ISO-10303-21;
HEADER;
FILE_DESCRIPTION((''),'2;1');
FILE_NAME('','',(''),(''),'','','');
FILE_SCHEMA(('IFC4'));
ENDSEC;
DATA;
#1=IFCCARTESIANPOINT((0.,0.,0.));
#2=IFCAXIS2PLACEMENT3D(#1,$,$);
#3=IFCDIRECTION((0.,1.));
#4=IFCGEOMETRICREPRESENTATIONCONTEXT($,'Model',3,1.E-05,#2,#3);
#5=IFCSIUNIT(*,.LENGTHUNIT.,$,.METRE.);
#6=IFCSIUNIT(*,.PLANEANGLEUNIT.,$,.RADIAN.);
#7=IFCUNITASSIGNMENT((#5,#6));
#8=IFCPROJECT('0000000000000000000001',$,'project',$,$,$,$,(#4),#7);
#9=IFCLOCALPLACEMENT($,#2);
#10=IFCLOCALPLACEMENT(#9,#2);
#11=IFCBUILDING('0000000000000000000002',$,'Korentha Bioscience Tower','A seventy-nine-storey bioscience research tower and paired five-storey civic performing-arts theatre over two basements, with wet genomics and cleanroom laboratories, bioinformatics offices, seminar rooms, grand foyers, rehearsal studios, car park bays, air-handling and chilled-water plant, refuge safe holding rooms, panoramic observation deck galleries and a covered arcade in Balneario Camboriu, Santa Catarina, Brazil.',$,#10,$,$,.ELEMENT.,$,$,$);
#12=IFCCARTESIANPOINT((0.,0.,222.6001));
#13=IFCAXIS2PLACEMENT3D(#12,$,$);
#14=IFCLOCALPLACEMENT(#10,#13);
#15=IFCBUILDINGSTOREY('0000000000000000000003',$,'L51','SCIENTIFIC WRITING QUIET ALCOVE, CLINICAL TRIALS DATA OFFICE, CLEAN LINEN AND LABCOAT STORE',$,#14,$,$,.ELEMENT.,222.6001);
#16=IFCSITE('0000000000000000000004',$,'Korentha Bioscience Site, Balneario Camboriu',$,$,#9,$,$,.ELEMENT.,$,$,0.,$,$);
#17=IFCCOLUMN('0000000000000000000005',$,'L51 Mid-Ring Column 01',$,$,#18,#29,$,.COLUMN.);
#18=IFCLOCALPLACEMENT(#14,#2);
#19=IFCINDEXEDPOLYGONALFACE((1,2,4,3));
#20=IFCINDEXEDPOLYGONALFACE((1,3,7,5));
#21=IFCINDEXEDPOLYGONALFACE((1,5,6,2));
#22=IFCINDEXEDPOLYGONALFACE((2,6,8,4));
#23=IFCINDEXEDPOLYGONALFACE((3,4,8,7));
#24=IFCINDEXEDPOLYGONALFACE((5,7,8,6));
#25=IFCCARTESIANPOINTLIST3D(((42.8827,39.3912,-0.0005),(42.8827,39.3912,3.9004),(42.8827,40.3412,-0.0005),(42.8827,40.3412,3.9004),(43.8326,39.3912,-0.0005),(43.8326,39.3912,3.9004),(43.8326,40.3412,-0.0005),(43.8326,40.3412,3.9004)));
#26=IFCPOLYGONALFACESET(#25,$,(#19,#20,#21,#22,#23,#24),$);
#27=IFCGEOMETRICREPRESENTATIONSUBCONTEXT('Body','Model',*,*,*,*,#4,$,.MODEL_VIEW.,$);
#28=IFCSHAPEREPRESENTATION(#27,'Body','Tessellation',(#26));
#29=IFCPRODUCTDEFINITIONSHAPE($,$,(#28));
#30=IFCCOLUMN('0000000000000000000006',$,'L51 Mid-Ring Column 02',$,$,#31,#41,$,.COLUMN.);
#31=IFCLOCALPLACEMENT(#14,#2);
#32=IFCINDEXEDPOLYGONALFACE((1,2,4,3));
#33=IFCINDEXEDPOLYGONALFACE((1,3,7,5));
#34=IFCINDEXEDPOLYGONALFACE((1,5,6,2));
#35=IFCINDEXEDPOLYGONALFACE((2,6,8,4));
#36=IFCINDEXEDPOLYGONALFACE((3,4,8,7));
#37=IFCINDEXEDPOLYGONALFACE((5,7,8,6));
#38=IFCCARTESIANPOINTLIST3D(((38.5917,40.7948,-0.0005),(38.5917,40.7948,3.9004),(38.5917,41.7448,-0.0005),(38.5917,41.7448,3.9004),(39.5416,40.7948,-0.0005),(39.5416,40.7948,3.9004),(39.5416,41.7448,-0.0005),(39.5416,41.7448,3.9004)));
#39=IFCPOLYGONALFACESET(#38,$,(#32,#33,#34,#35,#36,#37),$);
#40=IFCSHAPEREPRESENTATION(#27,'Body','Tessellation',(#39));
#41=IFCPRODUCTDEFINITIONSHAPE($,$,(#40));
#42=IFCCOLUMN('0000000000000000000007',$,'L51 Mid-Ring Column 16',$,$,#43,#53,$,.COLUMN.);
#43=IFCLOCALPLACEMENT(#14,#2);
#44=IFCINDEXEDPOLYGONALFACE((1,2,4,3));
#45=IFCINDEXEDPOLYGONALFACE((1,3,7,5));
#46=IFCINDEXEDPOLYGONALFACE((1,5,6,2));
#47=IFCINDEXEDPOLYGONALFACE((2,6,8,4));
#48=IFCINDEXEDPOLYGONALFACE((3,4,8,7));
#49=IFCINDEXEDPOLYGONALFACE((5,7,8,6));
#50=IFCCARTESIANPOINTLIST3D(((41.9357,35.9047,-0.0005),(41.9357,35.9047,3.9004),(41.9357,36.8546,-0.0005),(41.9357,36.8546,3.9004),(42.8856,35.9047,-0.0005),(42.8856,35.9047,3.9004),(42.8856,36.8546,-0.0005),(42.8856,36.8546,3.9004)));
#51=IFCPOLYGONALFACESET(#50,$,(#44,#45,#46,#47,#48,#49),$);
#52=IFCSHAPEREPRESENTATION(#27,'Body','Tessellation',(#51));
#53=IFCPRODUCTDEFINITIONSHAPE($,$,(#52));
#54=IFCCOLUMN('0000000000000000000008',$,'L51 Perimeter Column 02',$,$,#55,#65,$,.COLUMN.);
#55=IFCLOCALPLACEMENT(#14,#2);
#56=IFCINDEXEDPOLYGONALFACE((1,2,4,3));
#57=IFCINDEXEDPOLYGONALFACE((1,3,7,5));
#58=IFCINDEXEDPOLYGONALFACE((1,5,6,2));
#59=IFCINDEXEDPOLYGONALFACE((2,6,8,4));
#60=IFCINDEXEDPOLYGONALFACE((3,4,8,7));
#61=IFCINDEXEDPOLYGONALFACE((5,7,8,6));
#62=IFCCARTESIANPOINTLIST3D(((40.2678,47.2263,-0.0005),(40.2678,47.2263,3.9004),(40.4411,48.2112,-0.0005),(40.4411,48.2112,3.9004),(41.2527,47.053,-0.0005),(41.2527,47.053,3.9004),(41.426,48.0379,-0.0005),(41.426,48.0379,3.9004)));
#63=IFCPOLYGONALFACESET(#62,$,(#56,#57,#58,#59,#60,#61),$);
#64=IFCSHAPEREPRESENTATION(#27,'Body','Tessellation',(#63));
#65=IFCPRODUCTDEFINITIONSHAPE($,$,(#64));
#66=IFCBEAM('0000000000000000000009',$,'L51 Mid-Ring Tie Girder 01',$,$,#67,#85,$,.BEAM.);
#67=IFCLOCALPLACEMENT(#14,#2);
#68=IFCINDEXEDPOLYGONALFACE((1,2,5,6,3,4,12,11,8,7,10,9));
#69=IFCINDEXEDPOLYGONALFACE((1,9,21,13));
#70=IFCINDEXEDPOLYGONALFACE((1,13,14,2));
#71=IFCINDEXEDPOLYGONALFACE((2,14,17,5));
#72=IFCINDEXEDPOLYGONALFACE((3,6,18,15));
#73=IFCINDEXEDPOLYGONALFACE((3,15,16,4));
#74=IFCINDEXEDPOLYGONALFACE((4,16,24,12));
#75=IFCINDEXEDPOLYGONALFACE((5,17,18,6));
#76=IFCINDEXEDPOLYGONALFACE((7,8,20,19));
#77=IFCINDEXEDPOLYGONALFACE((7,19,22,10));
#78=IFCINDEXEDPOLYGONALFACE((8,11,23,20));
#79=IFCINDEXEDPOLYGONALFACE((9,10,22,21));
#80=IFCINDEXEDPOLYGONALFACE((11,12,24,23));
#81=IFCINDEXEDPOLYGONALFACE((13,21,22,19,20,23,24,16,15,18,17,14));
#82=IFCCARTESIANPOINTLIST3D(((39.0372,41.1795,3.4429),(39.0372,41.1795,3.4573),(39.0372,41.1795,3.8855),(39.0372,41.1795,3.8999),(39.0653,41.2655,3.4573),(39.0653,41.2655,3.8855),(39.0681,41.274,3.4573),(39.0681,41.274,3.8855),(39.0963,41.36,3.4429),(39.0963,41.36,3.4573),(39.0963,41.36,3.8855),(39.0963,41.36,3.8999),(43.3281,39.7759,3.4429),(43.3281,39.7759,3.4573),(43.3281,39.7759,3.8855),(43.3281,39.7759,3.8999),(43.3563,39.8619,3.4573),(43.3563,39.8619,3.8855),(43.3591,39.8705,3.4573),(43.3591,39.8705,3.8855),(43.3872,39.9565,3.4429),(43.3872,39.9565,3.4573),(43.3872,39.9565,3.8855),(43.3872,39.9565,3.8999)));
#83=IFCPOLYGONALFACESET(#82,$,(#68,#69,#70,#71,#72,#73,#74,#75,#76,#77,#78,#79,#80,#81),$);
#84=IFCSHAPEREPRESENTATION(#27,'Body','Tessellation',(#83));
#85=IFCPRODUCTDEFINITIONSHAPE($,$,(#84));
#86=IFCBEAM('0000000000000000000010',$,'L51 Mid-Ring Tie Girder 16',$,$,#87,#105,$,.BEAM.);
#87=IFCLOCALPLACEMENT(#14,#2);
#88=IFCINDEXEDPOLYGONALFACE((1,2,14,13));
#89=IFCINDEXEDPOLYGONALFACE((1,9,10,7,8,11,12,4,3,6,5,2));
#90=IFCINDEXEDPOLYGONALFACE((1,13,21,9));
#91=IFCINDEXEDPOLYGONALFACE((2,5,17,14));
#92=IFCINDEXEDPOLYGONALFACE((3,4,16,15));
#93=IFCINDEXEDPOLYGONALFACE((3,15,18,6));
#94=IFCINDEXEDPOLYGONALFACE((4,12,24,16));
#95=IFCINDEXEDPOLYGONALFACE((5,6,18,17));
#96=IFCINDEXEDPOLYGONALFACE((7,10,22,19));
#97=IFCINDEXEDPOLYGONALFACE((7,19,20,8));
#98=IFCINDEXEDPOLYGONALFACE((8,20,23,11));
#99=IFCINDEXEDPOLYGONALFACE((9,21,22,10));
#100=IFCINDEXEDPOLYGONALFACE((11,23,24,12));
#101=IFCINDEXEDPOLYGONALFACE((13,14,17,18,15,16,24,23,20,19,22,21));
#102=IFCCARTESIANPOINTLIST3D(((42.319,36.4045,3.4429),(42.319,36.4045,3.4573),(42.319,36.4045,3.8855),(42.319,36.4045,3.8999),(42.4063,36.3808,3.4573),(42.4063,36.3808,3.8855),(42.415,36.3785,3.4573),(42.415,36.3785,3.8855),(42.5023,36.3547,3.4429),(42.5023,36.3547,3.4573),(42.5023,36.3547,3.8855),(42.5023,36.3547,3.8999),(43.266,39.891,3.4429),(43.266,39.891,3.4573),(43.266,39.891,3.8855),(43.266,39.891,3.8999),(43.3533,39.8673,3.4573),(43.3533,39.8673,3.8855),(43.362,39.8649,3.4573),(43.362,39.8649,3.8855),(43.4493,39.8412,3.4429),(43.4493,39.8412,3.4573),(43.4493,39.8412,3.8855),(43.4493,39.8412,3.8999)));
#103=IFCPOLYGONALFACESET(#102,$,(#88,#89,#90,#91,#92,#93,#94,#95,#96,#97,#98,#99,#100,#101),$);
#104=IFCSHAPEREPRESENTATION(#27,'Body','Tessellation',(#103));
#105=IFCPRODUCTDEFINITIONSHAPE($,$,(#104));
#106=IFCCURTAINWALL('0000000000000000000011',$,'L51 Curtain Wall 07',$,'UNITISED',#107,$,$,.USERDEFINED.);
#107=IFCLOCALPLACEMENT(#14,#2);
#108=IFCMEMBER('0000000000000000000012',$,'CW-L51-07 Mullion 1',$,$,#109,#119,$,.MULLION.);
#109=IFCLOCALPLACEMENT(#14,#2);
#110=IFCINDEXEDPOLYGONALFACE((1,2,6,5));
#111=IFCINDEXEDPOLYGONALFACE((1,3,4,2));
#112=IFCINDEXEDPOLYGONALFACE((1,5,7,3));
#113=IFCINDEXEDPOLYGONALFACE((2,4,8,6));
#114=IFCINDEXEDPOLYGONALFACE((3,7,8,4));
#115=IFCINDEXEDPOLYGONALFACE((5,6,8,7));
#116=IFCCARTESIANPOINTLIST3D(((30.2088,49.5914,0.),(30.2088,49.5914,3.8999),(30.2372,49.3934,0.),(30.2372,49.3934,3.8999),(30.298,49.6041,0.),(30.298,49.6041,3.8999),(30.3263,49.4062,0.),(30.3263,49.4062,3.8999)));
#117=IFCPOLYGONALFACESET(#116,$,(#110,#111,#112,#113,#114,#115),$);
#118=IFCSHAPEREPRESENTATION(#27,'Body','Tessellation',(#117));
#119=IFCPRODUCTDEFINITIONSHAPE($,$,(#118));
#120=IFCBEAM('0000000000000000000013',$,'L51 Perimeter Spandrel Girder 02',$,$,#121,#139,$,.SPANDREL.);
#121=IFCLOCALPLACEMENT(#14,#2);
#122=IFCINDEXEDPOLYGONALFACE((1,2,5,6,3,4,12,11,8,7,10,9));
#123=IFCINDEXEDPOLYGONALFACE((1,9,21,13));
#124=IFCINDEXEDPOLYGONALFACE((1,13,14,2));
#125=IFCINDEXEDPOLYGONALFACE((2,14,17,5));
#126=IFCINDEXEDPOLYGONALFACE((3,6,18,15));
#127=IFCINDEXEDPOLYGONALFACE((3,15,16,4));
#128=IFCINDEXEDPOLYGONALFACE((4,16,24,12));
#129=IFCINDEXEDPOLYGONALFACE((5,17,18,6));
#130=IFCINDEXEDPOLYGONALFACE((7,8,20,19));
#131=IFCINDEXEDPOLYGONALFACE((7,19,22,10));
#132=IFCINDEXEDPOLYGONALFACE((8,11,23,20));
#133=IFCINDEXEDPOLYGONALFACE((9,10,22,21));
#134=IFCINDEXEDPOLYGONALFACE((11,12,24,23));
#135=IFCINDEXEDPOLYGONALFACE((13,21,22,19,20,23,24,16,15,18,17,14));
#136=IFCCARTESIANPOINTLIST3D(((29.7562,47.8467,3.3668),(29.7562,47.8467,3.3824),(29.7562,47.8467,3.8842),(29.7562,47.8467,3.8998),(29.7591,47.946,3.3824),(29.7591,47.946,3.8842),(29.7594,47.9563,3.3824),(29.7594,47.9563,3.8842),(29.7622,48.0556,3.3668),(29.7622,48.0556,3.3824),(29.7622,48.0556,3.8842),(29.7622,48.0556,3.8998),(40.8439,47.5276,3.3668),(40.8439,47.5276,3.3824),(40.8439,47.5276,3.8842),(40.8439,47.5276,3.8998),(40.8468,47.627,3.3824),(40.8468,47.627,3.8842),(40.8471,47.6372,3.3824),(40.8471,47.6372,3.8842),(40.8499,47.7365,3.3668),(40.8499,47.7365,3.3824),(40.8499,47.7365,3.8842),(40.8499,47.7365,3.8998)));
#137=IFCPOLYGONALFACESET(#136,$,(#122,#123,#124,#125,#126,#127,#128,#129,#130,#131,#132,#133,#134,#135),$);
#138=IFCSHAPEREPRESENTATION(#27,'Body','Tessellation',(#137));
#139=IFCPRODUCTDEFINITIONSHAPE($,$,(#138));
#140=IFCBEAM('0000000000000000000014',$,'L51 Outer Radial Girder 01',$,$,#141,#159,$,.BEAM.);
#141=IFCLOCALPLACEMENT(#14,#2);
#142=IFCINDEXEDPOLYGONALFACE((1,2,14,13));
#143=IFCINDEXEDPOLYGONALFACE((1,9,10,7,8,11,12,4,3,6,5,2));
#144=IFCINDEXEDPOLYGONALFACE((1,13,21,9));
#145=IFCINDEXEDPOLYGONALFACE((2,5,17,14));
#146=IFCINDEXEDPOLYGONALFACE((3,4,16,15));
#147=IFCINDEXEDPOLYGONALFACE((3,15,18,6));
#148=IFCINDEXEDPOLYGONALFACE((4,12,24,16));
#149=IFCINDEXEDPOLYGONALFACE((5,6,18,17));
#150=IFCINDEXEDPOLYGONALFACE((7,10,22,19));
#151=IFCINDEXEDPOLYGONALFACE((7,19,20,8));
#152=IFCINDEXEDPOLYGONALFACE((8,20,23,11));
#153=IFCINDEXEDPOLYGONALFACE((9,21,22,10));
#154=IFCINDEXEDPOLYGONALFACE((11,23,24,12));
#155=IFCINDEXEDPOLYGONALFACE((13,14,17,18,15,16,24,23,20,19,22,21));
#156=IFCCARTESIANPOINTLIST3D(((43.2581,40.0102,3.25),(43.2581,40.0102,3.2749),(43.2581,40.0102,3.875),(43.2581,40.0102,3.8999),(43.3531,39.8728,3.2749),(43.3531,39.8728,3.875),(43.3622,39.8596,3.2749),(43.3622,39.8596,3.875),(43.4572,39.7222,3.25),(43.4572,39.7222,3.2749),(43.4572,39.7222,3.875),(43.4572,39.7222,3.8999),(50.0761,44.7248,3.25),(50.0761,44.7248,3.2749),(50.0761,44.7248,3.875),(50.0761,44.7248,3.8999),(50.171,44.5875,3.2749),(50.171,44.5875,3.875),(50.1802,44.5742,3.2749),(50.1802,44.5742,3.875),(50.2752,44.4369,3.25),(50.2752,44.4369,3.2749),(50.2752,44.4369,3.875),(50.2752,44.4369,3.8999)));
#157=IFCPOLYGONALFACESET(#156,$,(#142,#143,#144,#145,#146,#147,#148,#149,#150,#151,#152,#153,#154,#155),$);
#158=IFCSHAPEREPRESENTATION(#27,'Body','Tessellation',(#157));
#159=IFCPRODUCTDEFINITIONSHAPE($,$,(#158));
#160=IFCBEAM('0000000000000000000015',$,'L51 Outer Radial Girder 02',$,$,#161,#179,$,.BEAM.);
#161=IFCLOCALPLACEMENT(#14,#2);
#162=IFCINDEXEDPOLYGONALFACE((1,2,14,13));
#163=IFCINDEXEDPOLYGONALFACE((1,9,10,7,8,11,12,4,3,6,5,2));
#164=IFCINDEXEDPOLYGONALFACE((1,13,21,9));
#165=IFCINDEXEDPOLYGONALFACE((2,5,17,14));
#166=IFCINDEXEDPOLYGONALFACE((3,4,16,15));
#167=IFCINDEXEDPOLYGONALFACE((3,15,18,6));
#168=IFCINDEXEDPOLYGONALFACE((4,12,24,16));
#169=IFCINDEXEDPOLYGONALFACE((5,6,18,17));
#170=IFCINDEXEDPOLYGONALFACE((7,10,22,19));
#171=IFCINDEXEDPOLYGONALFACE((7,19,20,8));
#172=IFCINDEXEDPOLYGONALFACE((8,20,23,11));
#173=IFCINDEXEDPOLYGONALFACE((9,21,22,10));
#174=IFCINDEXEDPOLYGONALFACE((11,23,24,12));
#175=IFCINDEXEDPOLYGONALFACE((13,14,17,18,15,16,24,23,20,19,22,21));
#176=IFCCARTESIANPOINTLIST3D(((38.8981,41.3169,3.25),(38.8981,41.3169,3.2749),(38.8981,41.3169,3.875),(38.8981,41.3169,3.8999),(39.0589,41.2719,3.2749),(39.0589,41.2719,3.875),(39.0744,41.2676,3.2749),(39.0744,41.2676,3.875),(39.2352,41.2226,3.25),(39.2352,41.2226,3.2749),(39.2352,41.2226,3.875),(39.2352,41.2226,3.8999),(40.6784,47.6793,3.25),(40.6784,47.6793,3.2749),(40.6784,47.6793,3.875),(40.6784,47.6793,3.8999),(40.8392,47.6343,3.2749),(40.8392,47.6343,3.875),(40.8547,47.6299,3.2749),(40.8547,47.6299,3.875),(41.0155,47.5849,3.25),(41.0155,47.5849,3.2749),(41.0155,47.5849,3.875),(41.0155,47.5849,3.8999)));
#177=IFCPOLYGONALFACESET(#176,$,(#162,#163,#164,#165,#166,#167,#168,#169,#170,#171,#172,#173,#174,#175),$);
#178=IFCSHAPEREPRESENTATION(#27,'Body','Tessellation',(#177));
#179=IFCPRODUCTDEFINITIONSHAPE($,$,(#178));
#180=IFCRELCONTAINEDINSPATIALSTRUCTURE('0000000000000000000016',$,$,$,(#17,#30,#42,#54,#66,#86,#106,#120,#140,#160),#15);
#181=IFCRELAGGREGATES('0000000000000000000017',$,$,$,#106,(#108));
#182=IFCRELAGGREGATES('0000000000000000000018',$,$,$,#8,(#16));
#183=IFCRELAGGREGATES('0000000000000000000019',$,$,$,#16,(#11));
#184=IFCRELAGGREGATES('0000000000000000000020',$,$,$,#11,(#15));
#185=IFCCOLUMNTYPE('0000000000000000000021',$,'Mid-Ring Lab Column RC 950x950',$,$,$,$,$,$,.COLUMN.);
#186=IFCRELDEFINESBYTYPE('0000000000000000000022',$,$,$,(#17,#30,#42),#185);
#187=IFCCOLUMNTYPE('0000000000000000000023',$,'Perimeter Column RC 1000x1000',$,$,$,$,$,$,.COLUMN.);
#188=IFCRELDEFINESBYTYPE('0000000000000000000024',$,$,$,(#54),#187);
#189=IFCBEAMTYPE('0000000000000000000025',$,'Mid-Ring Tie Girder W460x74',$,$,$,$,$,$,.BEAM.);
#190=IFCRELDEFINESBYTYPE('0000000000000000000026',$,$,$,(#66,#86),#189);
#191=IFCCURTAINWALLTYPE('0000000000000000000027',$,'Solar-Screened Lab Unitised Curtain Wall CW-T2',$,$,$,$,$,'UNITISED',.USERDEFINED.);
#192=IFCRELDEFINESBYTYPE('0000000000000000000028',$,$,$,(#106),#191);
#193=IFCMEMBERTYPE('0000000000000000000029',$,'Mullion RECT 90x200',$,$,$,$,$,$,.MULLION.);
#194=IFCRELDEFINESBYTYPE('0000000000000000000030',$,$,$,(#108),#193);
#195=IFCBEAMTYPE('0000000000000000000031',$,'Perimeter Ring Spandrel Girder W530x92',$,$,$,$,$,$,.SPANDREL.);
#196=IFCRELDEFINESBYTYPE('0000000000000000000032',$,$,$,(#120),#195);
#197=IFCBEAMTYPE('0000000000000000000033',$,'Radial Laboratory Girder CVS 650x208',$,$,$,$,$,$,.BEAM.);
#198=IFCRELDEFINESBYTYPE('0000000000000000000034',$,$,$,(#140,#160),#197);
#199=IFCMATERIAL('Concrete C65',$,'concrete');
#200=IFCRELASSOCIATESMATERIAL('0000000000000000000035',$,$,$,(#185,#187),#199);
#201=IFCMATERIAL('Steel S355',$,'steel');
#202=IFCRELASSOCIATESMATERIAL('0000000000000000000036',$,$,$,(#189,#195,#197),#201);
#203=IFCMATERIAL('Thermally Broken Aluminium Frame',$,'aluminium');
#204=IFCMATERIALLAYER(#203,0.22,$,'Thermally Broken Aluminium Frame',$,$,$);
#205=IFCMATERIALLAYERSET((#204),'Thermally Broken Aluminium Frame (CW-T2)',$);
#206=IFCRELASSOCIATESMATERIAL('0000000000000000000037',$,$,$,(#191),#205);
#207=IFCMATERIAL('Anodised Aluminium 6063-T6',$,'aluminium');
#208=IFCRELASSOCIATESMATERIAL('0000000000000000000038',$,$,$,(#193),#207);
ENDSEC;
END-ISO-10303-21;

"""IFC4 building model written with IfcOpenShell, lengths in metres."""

from ifc_helpers import new_model, si_unit, direction, frame, origin, origin_2d, place, context, subcontext, project, spatial, rectangle, i_section, extrude, material, layer, layer_set, material_profile, profile_set, type_object, element, aggregate, save


model = new_model("IFC4")

# Units and contexts
model_context = context("Model", 3, precision=1e-05, world=origin(), true_north=direction((0.0, 1.0)))
body_context = subcontext(model_context, "Body", "Model", "MODEL_VIEW")
ifc_project = project(units=[si_unit("LENGTHUNIT", "METRE"), si_unit("PLANEANGLEUNIT", "RADIAN")], contexts=[model_context])

# Site, building, storey
site_placement = place(None, origin())
site = spatial("IfcSite", under=ifc_project, at=site_placement, Name="Korentha Bioscience Site, Balneario Camboriu", CompositionType="ELEMENT", RefElevation=0.0)
building_placement = place(site_placement, origin())
building = spatial("IfcBuilding", under=site, at=building_placement, Name="Korentha Bioscience Tower", Description="A seventy-nine-storey bioscience research tower and paired five-storey civic performing-arts theatre over two basements, with wet genomics and cleanroom laboratories, bioinformatics offices, seminar rooms, grand foyers, rehearsal studios, car park bays, air-handling and chilled-water plant, refuge safe holding rooms, panoramic observation deck galleries and a covered arcade in Balneario Camboriu, Santa Catarina, Brazil.", CompositionType="ELEMENT")
storey_placement = place(building_placement, frame((0.0, 0.0, 222.6001)))
storey = spatial("IfcBuildingStorey", under=building, at=storey_placement, Name="L51", Description="SCIENTIFIC WRITING QUIET ALCOVE, CLINICAL TRIALS DATA OFFICE, CLEAN LINEN AND LABCOAT STORE", CompositionType="ELEMENT", Elevation=222.6001)

# Columns
ifc_material_1 = material(Name="Concrete C65", Category="concrete")
ifc_material_profile_1 = material_profile(ifc_material_1, rectangle(XDim=0.95, YDim=0.95, at=origin_2d()), Name="Concrete C65")
ifc_profile_set_1 = profile_set([ifc_material_profile_1], Name="Concrete C65 (COL-MR09)")
column_type_1 = type_object("IfcColumnType", Name="Mid-Ring Lab Column RC 950x950", PredefinedType="COLUMN", material=ifc_profile_set_1)
for number, where, z_axis, x_axis, name in (
    (1, (43.3577, 39.8662, -0.0005), (0.0, 0.0, 1.0), (1.0, 0.0, 0.0), "L51 Mid-Ring Column 01"),
    (2, (39.0667, 41.2698, -0.0005), (0.0, 0.0, 1.0), (1.0, 0.0, 0.0), "L51 Mid-Ring Column 02"),
    (3, (42.4106, 36.3796, -0.0005), (0.0, 0.0, 1.0), (1.0, 0.0, 0.0), "L51 Mid-Ring Column 16"),
):
    element("IfcColumn", number, at=place(storey_placement, frame(where, z_axis=z_axis, x_axis=x_axis)), inside=storey, type_object=column_type_1, Name=name, PredefinedType="COLUMN", context=body_context, shape_type="SweptSolid", body=[
        extrude(rectangle(XDim=0.95, YDim=0.95, at=origin_2d()), origin(), (0.0, 0.0, 1.0), 3.9009),
    ])
ifc_material_profile_2 = material_profile(ifc_material_1, rectangle(XDim=1.0, YDim=1.0, at=origin_2d()), Name="Concrete C65")
ifc_profile_set_2 = profile_set([ifc_material_profile_2], Name="Concrete C65 (COL-P10)")
column_type_2 = type_object("IfcColumnType", Name="Perimeter Column RC 1000x1000", PredefinedType="COLUMN", material=ifc_profile_set_2)
column_placement = place(storey_placement, frame((40.8469, 47.6321, -0.0005), z_axis=(0.0, 0.0, 1.0), x_axis=(-0.984868, 0.173304, 0.0)))
element("IfcColumn", 4, at=column_placement, inside=storey, type_object=column_type_2, Name="L51 Perimeter Column 02", PredefinedType="COLUMN", context=body_context, shape_type="SweptSolid", body=[
    extrude(rectangle(XDim=1.0, YDim=1.0, at=origin_2d()), origin(), (0.0, 0.0, 1.0), 3.9009),
])

# Beams
ifc_material_2 = material(Name="Steel S355", Category="steel")
ifc_material_profile_3 = material_profile(ifc_material_2, i_section(OverallWidth=0.1899, OverallDepth=0.457, WebThickness=0.009, FlangeThickness=0.0144, at=origin_2d()), Name="Steel S355")
ifc_profile_set_3 = profile_set([ifc_material_profile_3], Name="Steel S355 (MB-460)")
beam_type_1 = type_object("IfcBeamType", Name="Mid-Ring Tie Girder W460x74", PredefinedType="BEAM", material=ifc_profile_set_3)
beam_1_placement = place(storey_placement, frame((43.3577, 39.8662, 3.6714), z_axis=(-0.950447, 0.310885, 0.0), x_axis=(-0.310885, -0.950447, 0.0)))
element("IfcBeam", 5, at=beam_1_placement, inside=storey, type_object=beam_type_1, Name="L51 Mid-Ring Tie Girder 01", PredefinedType="BEAM", context=body_context, shape_type="SweptSolid", body=[
    extrude(i_section(OverallWidth=0.1899, OverallDepth=0.457, WebThickness=0.009, FlangeThickness=0.0144, at=origin_2d()), origin(), (0.0, 0.0, 1.0), 4.5146),
])
beam_2_placement = place(storey_placement, frame((42.4106, 36.3796, 3.6714), z_axis=(0.262122, 0.965035, 0.0), x_axis=(-0.965035, 0.262122, 0.0)))
element("IfcBeam", 6, at=beam_2_placement, inside=storey, type_object=beam_type_1, Name="L51 Mid-Ring Tie Girder 16", PredefinedType="BEAM", context=body_context, shape_type="SweptSolid", body=[
    extrude(i_section(OverallWidth=0.1899, OverallDepth=0.457, WebThickness=0.009, FlangeThickness=0.0144, at=origin_2d()), origin(), (0.0, 0.0, 1.0), 3.6128),
])

# Curtain wall, member
ifc_material_3 = material(Name="Thermally Broken Aluminium Frame", Category="aluminium")
ifc_layer_1 = layer(ifc_material_3, 0.22, Name="Thermally Broken Aluminium Frame")
ifc_layer_set_1 = layer_set([ifc_layer_1], Name="Thermally Broken Aluminium Frame (CW-T2)")
curtain_wall_type = type_object("IfcCurtainWallType", Name="Solar-Screened Lab Unitised Curtain Wall CW-T2", ElementType="UNITISED", PredefinedType="USERDEFINED", material=ifc_layer_set_1)
curtain_wall_placement = place(storey_placement, origin())
curtain_wall = element("IfcCurtainWall", 7, at=curtain_wall_placement, inside=storey, type_object=curtain_wall_type, Name="L51 Curtain Wall 07", ObjectType="UNITISED", PredefinedType="USERDEFINED")
ifc_material_4 = material(Name="Anodised Aluminium 6063-T6", Category="aluminium")
ifc_material_profile_4 = material_profile(ifc_material_4, rectangle(XDim=0.0901, YDim=0.2, at=origin_2d()), Name="Anodised Aluminium 6063-T6")
ifc_profile_set_4 = profile_set([ifc_material_profile_4], Name="Anodised Aluminium 6063-T6 (CW-MUL)")
member_type = type_object("IfcMemberType", Name="Mullion RECT 90x200", PredefinedType="MULLION", material=ifc_profile_set_4)
member_placement = place(storey_placement, frame((30.2676, 49.4988, 0.0), z_axis=(0.0, 0.0, 1.0), x_axis=(-0.989902, -0.141754, 0.0)))
member = element("IfcMember", 8, at=member_placement, type_object=member_type, Name="CW-L51-07 Mullion 1", PredefinedType="MULLION", context=body_context, shape_type="SweptSolid", body=[
    extrude(rectangle(XDim=0.0901, YDim=0.2, at=origin_2d()), origin(), (0.0, 0.0, 1.0), 3.8999),
])
aggregate(curtain_wall, [member])

# Beams
ifc_material_profile_5 = material_profile(ifc_material_2, i_section(OverallWidth=0.209, OverallDepth=0.533, WebThickness=0.0103, FlangeThickness=0.0156, at=origin_2d()), Name="Steel S355")
ifc_profile_set_5 = profile_set([ifc_material_profile_5], Name="Steel S355 (SB-530)")
beam_type_2 = type_object("IfcBeamType", Name="Perimeter Ring Spandrel Girder W530x92", PredefinedType="SPANDREL", material=ifc_profile_set_5)
beam_3_placement = place(storey_placement, frame((40.8469, 47.6321, 3.6333), z_axis=(-0.999586, 0.028767, 0.0), x_axis=(-0.028767, -0.999586, 0.0)))
element("IfcBeam", 9, at=beam_3_placement, inside=storey, type_object=beam_type_2, Name="L51 Perimeter Spandrel Girder 02", PredefinedType="SPANDREL", context=body_context, shape_type="SweptSolid", body=[
    extrude(i_section(OverallWidth=0.209, OverallDepth=0.533, WebThickness=0.0103, FlangeThickness=0.0156, at=origin_2d()), origin(), (0.0, 0.0, 1.0), 11.0923),
])
ifc_material_profile_6 = material_profile(ifc_material_2, i_section(OverallWidth=0.3501, OverallDepth=0.6499, WebThickness=0.0161, FlangeThickness=0.0249, at=origin_2d()), Name="Steel S355")
ifc_profile_set_6 = profile_set([ifc_material_profile_6], Name="Steel S355 (RB-650)")
beam_type_3 = type_object("IfcBeamType", Name="Radial Laboratory Girder CVS 650x208", PredefinedType="BEAM", material=ifc_profile_set_6)
beam_4_placement = place(storey_placement, frame((43.3577, 39.8662, 3.575), z_axis=(0.822501, 0.568764, 0.0), x_axis=(-0.568764, 0.822501, 0.0)))
element("IfcBeam", 10, at=beam_4_placement, inside=storey, type_object=beam_type_3, Name="L51 Outer Radial Girder 01", PredefinedType="BEAM", context=body_context, shape_type="SweptSolid", body=[
    extrude(i_section(OverallWidth=0.3501, OverallDepth=0.6499, WebThickness=0.0161, FlangeThickness=0.0249, at=origin_2d()), origin(), (0.0, 0.0, 1.0), 8.2893),
])
beam_5_placement = place(storey_placement, frame((39.0667, 41.2698, 3.575), z_axis=(0.269465, 0.96301, 0.0), x_axis=(-0.96301, 0.269465, 0.0)))
element("IfcBeam", 11, at=beam_5_placement, inside=storey, type_object=beam_type_3, Name="L51 Outer Radial Girder 02", PredefinedType="BEAM", context=body_context, shape_type="SweptSolid", body=[
    extrude(i_section(OverallWidth=0.3501, OverallDepth=0.6499, WebThickness=0.0161, FlangeThickness=0.0249, at=origin_2d()), origin(), (0.0, 0.0, 1.0), 6.6067),
])

save(model, "model.ifc")
